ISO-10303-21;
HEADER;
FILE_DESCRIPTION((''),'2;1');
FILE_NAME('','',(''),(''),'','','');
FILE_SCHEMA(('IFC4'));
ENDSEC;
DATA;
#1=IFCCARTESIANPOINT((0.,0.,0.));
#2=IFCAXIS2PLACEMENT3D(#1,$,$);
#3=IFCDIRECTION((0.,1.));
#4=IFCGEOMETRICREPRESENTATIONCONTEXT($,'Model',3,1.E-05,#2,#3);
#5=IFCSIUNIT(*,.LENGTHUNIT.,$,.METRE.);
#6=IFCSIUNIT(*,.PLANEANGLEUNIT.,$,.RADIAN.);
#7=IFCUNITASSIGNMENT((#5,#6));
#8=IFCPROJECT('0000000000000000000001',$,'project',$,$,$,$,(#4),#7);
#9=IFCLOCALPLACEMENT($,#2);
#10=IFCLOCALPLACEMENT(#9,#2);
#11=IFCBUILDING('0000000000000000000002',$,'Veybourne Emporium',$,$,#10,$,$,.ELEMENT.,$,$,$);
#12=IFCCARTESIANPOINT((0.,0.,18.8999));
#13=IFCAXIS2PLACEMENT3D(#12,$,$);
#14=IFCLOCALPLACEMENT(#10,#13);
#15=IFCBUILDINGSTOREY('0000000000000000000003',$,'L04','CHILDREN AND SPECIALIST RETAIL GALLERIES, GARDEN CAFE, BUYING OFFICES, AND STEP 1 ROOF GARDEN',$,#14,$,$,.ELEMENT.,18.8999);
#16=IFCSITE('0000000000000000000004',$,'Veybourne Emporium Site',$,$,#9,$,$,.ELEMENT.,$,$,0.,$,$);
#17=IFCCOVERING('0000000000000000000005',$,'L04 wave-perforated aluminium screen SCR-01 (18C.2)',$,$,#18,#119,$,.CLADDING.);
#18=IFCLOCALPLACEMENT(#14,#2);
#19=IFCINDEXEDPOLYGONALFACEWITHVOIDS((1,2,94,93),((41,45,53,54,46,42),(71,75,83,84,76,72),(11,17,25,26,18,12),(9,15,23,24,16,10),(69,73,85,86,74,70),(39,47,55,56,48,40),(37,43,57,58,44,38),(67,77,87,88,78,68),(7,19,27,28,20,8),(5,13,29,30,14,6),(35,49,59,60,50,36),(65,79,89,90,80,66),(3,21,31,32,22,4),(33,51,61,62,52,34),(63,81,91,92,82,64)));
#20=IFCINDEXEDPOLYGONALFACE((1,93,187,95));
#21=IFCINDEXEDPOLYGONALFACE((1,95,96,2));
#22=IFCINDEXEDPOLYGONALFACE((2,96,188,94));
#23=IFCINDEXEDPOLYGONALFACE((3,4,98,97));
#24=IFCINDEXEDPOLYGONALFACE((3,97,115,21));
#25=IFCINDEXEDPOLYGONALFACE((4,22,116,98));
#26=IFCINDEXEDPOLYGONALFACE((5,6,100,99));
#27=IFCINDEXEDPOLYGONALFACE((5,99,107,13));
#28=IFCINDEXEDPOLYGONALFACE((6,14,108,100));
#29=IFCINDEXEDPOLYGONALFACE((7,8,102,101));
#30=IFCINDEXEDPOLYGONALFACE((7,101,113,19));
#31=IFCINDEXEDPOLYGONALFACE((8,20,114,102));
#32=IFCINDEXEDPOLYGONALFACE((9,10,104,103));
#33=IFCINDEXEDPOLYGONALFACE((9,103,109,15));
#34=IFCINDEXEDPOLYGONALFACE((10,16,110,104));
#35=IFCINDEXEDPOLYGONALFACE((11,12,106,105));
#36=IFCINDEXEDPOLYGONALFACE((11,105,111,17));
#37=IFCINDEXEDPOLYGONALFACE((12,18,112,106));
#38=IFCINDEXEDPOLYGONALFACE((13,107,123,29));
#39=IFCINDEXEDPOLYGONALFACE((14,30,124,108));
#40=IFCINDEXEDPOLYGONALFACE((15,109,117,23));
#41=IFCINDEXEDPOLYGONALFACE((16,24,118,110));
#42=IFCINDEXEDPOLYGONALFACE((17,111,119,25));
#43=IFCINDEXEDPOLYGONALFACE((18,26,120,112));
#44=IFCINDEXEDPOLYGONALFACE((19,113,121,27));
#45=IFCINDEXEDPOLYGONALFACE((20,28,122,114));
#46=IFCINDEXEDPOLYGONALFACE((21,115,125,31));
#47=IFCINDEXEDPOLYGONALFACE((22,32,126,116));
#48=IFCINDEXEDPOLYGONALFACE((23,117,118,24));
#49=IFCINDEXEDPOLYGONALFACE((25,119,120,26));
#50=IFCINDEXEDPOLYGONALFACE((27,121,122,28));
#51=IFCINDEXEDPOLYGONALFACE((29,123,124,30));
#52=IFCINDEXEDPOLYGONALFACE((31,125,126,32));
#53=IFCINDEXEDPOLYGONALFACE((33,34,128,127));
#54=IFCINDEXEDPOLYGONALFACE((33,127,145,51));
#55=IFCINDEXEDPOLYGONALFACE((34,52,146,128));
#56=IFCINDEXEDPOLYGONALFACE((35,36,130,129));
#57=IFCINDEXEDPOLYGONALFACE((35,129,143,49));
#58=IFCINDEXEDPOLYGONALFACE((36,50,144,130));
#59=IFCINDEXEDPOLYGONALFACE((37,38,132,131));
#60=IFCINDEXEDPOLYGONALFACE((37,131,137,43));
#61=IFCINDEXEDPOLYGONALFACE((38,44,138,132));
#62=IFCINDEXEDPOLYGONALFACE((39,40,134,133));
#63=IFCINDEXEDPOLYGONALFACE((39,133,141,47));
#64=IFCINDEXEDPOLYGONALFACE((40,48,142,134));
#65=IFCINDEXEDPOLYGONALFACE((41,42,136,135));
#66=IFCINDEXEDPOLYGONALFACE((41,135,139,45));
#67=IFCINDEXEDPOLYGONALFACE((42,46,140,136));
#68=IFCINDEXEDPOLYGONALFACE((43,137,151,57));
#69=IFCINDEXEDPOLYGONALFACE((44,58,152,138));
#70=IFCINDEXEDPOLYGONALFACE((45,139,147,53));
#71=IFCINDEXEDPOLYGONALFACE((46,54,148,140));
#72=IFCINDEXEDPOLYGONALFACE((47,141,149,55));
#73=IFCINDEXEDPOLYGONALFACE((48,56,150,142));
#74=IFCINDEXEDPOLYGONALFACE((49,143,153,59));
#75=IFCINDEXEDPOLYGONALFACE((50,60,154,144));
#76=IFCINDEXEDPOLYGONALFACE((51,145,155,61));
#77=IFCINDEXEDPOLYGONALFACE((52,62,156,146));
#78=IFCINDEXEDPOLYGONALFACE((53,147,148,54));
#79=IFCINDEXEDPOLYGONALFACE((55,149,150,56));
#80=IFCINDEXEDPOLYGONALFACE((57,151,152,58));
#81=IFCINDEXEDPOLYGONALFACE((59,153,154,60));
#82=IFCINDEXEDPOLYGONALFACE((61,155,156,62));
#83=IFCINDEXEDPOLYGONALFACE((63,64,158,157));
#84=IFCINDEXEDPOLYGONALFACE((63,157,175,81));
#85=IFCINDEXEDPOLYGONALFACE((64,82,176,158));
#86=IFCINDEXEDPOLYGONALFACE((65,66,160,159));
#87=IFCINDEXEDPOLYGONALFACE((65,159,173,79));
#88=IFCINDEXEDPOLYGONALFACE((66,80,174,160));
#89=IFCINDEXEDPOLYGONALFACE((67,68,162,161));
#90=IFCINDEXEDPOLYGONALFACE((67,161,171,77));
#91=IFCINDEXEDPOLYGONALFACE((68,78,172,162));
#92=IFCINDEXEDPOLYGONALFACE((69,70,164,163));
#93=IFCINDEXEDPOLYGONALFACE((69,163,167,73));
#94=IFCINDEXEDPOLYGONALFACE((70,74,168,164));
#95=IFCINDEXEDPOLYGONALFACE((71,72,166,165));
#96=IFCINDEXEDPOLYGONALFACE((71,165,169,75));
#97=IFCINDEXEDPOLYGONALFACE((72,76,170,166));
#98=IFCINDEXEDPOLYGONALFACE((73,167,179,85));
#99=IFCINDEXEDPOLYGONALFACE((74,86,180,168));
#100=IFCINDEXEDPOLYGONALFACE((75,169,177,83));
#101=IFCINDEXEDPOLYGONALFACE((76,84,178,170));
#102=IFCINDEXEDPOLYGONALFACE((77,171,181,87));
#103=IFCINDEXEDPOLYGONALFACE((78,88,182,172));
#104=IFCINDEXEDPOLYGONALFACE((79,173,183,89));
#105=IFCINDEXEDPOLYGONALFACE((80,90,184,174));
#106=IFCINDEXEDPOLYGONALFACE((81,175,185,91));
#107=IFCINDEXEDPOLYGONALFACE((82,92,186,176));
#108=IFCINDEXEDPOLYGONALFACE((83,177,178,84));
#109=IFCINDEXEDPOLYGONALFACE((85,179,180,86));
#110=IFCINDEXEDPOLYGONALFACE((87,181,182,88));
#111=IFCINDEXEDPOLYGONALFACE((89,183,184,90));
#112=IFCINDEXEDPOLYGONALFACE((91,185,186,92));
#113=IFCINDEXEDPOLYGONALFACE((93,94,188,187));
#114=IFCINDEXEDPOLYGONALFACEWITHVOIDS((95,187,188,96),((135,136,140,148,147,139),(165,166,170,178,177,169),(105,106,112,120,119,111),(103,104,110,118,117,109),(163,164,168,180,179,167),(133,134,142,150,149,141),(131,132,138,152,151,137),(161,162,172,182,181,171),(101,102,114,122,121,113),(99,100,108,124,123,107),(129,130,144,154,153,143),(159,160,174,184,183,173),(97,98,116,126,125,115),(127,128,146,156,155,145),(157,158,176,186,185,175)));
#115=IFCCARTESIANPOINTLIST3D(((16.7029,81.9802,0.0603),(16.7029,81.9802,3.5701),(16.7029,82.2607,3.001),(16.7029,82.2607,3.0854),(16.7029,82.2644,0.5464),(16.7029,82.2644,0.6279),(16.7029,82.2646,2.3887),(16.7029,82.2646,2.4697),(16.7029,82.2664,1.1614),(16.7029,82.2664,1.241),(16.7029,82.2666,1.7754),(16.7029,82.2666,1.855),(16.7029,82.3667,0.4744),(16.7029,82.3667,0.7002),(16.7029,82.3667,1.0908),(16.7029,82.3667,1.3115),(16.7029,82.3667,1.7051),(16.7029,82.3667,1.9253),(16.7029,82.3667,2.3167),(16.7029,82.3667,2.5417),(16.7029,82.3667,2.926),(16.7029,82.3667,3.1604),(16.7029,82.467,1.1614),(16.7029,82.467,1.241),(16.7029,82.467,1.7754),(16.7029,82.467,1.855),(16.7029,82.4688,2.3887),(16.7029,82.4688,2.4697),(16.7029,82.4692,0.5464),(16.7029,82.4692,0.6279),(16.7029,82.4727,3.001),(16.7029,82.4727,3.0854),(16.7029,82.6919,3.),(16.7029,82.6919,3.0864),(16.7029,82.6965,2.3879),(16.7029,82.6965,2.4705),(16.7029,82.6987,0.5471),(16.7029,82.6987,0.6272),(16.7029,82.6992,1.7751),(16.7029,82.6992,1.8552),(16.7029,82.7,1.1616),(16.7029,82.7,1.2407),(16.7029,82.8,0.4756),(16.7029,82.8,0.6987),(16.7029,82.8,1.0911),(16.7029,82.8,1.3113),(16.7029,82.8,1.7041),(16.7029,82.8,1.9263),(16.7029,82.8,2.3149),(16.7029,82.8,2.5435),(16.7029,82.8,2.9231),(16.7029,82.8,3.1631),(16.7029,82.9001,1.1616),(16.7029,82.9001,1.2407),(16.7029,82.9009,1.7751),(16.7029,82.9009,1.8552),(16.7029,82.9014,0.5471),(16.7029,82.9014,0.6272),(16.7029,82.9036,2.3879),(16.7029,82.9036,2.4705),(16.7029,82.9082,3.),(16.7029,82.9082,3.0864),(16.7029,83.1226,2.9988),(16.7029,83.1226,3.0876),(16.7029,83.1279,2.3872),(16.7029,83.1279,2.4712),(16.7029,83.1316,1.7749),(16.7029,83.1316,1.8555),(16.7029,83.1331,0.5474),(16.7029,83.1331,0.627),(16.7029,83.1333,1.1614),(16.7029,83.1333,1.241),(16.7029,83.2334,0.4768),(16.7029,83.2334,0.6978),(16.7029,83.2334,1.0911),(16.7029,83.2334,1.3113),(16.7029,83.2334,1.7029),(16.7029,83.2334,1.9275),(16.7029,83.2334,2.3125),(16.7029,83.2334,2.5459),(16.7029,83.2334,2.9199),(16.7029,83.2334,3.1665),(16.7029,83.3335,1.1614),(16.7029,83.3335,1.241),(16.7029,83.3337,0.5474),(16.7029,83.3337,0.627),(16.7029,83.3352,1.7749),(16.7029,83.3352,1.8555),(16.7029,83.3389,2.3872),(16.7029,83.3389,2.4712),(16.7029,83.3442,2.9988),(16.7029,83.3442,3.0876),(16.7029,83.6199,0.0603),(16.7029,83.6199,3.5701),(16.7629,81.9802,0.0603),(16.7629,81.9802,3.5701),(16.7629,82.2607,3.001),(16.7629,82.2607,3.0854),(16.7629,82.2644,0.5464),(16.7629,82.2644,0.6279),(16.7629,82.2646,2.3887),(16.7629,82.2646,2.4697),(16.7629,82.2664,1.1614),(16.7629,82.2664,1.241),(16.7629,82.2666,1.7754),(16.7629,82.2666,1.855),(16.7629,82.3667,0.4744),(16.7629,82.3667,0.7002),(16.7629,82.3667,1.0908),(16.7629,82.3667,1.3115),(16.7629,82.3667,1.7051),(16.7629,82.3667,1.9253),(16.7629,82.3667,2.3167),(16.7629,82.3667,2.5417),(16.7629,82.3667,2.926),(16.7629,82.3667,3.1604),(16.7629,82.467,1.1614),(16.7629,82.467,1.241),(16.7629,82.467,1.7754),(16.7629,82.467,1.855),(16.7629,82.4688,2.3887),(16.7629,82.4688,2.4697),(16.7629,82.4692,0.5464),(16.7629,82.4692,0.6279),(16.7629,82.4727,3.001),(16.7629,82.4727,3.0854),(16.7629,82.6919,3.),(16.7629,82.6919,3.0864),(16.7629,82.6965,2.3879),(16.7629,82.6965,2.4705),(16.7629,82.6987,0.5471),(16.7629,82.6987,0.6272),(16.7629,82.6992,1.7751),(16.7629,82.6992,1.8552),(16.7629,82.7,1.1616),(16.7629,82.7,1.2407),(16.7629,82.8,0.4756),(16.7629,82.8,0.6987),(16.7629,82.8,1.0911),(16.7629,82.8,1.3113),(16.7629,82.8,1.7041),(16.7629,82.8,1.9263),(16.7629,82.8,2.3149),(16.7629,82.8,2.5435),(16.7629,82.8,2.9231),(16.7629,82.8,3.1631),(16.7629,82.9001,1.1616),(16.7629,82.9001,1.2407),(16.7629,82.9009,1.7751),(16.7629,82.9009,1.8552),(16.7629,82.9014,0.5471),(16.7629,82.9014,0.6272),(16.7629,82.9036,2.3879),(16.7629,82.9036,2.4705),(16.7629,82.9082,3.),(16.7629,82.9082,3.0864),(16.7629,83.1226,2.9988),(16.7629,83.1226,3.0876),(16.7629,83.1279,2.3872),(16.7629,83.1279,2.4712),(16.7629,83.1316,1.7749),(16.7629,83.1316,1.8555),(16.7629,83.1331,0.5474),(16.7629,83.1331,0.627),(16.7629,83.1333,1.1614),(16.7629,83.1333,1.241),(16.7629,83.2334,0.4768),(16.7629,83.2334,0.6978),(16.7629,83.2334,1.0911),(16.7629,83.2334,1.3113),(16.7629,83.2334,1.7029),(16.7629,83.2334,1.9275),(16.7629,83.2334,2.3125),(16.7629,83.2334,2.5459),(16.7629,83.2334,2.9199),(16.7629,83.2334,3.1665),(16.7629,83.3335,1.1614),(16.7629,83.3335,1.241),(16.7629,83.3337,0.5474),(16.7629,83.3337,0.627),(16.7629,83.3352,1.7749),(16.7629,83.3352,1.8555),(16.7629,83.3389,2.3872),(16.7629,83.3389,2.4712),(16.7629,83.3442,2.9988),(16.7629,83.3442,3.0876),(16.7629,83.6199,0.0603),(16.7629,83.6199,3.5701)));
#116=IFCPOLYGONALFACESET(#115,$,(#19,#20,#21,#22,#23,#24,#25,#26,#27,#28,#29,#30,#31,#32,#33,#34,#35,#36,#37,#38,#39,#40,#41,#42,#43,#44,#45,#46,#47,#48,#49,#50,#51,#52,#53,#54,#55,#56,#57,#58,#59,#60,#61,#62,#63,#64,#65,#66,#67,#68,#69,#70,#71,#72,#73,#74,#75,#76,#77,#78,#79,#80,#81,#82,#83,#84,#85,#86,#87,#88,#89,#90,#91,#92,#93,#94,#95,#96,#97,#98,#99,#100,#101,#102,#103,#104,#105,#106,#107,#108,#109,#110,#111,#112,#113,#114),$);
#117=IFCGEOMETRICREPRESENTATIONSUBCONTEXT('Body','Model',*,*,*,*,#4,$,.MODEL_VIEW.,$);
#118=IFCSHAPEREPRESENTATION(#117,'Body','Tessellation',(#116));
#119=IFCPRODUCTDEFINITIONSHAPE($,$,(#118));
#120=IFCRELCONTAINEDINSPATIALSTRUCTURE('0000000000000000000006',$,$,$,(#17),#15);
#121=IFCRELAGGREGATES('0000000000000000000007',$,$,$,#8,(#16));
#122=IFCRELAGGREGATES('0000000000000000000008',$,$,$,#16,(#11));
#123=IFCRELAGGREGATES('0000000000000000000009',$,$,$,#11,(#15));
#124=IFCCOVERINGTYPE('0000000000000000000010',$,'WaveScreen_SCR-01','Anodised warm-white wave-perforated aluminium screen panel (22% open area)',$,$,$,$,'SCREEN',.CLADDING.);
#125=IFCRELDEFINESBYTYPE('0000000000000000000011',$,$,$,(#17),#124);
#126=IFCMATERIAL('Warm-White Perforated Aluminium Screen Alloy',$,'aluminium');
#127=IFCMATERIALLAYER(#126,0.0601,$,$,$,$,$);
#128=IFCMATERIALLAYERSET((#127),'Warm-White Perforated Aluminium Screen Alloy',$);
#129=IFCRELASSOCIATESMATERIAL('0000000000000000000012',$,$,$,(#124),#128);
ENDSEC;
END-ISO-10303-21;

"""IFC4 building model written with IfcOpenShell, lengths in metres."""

from ifc_helpers import new_model, si_unit, direction, frame, origin, place, context, subcontext, project, spatial, polyline, outline, extrude, material, layer, layer_set, type_object, element, save


model = new_model("IFC4")

# Units and contexts
model_context = context("Model", 3, precision=1e-05, world=origin(), true_north=direction((0.0, 1.0)))
body_context = subcontext(model_context, "Body", "Model", "MODEL_VIEW")
ifc_project = project(units=[si_unit("LENGTHUNIT", "METRE"), si_unit("PLANEANGLEUNIT", "RADIAN")], contexts=[model_context])

# Site, building, storey
site_placement = place(None, origin())
site = spatial("IfcSite", under=ifc_project, at=site_placement, Name="Veybourne Emporium Site", CompositionType="ELEMENT", RefElevation=0.0)
building_placement = place(site_placement, origin())
building = spatial("IfcBuilding", under=site, at=building_placement, Name="Veybourne Emporium", CompositionType="ELEMENT")
storey_placement = place(building_placement, frame((0.0, 0.0, 18.8999)))
storey = spatial("IfcBuildingStorey", under=building, at=storey_placement, Name="L04", Description="CHILDREN AND SPECIALIST RETAIL GALLERIES, GARDEN CAFE, BUYING OFFICES, AND STEP 1 ROOF GARDEN", CompositionType="ELEMENT", Elevation=18.8999)

# Covering
ifc_material_1 = material(Name="Warm-White Perforated Aluminium Screen Alloy", Category="aluminium")
ifc_layer_1 = layer(ifc_material_1, 0.0601)
ifc_layer_set_1 = layer_set([ifc_layer_1], Name="Warm-White Perforated Aluminium Screen Alloy")
covering_type_1 = type_object("IfcCoveringType", Name="WaveScreen_SCR-01", Description="Anodised warm-white wave-perforated aluminium screen panel (22% open area)", ElementType="SCREEN", PredefinedType="CLADDING", material=ifc_layer_set_1)
covering_1_placement = place(storey_placement, frame((16.7029, 82.8, 1.8152), z_axis=(1.0, 0.0, 0.0), x_axis=(0.0, 1.0, 0.0)))
element("IfcCovering", 1, at=covering_1_placement, inside=storey, type_object=covering_type_1, Name="L04 wave-perforated aluminium screen SCR-01 (18C.2)", PredefinedType="CLADDING", context=body_context, shape_type="SweptSolid", body=[
    extrude(outline(polyline([(-0.8198, -1.7549), (0.8198, -1.7549), (0.8198, 1.7549), (-0.8198, 1.7549), (-0.8198, -1.7549)]), holes=[polyline([(-0.4333, -1.115), (-0.3308, -1.1873), (-0.3308, -1.2688), (-0.4333, -1.3408), (-0.5356, -1.2688), (-0.5356, -1.1873), (-0.4333, -1.115)]), polyline([(-0.4333, -0.5037), (-0.333, -0.5742), (-0.333, -0.6538), (-0.4333, -0.7244), (-0.5337, -0.6538), (-0.5337, -0.5742), (-0.4333, -0.5037)]), polyline([(-0.4333, 0.1101), (-0.333, 0.0398), (-0.333, -0.0398), (-0.4333, -0.1101), (-0.5334, -0.0398), (-0.5334, 0.0398), (-0.4333, 0.1101)]), polyline([(-0.4333, 0.7266), (-0.3313, 0.6545), (-0.3313, 0.5735), (-0.4333, 0.5015), (-0.5354, 0.5735), (-0.5354, 0.6545), (-0.4333, 0.7266)]), polyline([(-0.4333, 1.3452), (-0.3274, 1.2703), (-0.3274, 1.1858), (-0.4333, 1.1108), (-0.5393, 1.1858), (-0.5393, 1.2703), (-0.4333, 1.3452)]), polyline([(0.0, -1.1165), (0.1013, -1.188), (0.1013, -1.2681), (0.0, -1.3396), (-0.1013, -1.2681), (-0.1013, -1.188), (0.0, -1.1165)]), polyline([(0.0, -0.5039), (0.1001, -0.5745), (0.1001, -0.6536), (0.0, -0.7241), (-0.1001, -0.6536), (-0.1001, -0.5745), (0.0, -0.5039)]), polyline([(0.0, 0.1111), (0.1008, 0.04), (0.1008, -0.04), (0.0, -0.1111), (-0.1008, -0.04), (-0.1008, 0.04), (0.0, 0.1111)]), polyline([(0.0, 0.7283), (0.1035, 0.6553), (0.1035, 0.5728), (0.0, 0.4998), (-0.1035, 0.5728), (-0.1035, 0.6553), (0.0, 0.7283)]), polyline([(0.0, 1.3479), (0.1082, 1.2712), (0.1082, 1.1848), (0.0, 1.1079), (-0.1082, 1.1848), (-0.1082, 1.2712), (0.0, 1.3479)]), polyline([(0.4333, -1.1174), (0.5337, -1.1882), (0.5337, -1.2678), (0.4333, -1.3384), (0.333, -1.2678), (0.333, -1.1882), (0.4333, -1.1174)]), polyline([(0.4333, -0.5039), (0.5334, -0.5742), (0.5334, -0.6538), (0.4333, -0.7241), (0.3333, -0.6538), (0.3333, -0.5742), (0.4333, -0.5039)]), polyline([(0.4333, 0.1123), (0.5352, 0.0403), (0.5352, -0.0403), (0.4333, -0.1123), (0.3315, -0.0403), (0.3315, 0.0403), (0.4333, 0.1123)]), polyline([(0.4333, 0.7307), (0.5388, 0.656), (0.5388, 0.572), (0.4333, 0.4973), (0.3279, 0.572), (0.3279, 0.656), (0.4333, 0.7307)]), polyline([(0.4333, 1.3513), (0.5442, 1.2725), (0.5442, 1.1836), (0.4333, 1.1047), (0.3225, 1.1836), (0.3225, 1.2725), (0.4333, 1.3513)])]), origin(), (0.0, 0.0, 1.0), 0.0601),
])

save(model, "model.ifc")
